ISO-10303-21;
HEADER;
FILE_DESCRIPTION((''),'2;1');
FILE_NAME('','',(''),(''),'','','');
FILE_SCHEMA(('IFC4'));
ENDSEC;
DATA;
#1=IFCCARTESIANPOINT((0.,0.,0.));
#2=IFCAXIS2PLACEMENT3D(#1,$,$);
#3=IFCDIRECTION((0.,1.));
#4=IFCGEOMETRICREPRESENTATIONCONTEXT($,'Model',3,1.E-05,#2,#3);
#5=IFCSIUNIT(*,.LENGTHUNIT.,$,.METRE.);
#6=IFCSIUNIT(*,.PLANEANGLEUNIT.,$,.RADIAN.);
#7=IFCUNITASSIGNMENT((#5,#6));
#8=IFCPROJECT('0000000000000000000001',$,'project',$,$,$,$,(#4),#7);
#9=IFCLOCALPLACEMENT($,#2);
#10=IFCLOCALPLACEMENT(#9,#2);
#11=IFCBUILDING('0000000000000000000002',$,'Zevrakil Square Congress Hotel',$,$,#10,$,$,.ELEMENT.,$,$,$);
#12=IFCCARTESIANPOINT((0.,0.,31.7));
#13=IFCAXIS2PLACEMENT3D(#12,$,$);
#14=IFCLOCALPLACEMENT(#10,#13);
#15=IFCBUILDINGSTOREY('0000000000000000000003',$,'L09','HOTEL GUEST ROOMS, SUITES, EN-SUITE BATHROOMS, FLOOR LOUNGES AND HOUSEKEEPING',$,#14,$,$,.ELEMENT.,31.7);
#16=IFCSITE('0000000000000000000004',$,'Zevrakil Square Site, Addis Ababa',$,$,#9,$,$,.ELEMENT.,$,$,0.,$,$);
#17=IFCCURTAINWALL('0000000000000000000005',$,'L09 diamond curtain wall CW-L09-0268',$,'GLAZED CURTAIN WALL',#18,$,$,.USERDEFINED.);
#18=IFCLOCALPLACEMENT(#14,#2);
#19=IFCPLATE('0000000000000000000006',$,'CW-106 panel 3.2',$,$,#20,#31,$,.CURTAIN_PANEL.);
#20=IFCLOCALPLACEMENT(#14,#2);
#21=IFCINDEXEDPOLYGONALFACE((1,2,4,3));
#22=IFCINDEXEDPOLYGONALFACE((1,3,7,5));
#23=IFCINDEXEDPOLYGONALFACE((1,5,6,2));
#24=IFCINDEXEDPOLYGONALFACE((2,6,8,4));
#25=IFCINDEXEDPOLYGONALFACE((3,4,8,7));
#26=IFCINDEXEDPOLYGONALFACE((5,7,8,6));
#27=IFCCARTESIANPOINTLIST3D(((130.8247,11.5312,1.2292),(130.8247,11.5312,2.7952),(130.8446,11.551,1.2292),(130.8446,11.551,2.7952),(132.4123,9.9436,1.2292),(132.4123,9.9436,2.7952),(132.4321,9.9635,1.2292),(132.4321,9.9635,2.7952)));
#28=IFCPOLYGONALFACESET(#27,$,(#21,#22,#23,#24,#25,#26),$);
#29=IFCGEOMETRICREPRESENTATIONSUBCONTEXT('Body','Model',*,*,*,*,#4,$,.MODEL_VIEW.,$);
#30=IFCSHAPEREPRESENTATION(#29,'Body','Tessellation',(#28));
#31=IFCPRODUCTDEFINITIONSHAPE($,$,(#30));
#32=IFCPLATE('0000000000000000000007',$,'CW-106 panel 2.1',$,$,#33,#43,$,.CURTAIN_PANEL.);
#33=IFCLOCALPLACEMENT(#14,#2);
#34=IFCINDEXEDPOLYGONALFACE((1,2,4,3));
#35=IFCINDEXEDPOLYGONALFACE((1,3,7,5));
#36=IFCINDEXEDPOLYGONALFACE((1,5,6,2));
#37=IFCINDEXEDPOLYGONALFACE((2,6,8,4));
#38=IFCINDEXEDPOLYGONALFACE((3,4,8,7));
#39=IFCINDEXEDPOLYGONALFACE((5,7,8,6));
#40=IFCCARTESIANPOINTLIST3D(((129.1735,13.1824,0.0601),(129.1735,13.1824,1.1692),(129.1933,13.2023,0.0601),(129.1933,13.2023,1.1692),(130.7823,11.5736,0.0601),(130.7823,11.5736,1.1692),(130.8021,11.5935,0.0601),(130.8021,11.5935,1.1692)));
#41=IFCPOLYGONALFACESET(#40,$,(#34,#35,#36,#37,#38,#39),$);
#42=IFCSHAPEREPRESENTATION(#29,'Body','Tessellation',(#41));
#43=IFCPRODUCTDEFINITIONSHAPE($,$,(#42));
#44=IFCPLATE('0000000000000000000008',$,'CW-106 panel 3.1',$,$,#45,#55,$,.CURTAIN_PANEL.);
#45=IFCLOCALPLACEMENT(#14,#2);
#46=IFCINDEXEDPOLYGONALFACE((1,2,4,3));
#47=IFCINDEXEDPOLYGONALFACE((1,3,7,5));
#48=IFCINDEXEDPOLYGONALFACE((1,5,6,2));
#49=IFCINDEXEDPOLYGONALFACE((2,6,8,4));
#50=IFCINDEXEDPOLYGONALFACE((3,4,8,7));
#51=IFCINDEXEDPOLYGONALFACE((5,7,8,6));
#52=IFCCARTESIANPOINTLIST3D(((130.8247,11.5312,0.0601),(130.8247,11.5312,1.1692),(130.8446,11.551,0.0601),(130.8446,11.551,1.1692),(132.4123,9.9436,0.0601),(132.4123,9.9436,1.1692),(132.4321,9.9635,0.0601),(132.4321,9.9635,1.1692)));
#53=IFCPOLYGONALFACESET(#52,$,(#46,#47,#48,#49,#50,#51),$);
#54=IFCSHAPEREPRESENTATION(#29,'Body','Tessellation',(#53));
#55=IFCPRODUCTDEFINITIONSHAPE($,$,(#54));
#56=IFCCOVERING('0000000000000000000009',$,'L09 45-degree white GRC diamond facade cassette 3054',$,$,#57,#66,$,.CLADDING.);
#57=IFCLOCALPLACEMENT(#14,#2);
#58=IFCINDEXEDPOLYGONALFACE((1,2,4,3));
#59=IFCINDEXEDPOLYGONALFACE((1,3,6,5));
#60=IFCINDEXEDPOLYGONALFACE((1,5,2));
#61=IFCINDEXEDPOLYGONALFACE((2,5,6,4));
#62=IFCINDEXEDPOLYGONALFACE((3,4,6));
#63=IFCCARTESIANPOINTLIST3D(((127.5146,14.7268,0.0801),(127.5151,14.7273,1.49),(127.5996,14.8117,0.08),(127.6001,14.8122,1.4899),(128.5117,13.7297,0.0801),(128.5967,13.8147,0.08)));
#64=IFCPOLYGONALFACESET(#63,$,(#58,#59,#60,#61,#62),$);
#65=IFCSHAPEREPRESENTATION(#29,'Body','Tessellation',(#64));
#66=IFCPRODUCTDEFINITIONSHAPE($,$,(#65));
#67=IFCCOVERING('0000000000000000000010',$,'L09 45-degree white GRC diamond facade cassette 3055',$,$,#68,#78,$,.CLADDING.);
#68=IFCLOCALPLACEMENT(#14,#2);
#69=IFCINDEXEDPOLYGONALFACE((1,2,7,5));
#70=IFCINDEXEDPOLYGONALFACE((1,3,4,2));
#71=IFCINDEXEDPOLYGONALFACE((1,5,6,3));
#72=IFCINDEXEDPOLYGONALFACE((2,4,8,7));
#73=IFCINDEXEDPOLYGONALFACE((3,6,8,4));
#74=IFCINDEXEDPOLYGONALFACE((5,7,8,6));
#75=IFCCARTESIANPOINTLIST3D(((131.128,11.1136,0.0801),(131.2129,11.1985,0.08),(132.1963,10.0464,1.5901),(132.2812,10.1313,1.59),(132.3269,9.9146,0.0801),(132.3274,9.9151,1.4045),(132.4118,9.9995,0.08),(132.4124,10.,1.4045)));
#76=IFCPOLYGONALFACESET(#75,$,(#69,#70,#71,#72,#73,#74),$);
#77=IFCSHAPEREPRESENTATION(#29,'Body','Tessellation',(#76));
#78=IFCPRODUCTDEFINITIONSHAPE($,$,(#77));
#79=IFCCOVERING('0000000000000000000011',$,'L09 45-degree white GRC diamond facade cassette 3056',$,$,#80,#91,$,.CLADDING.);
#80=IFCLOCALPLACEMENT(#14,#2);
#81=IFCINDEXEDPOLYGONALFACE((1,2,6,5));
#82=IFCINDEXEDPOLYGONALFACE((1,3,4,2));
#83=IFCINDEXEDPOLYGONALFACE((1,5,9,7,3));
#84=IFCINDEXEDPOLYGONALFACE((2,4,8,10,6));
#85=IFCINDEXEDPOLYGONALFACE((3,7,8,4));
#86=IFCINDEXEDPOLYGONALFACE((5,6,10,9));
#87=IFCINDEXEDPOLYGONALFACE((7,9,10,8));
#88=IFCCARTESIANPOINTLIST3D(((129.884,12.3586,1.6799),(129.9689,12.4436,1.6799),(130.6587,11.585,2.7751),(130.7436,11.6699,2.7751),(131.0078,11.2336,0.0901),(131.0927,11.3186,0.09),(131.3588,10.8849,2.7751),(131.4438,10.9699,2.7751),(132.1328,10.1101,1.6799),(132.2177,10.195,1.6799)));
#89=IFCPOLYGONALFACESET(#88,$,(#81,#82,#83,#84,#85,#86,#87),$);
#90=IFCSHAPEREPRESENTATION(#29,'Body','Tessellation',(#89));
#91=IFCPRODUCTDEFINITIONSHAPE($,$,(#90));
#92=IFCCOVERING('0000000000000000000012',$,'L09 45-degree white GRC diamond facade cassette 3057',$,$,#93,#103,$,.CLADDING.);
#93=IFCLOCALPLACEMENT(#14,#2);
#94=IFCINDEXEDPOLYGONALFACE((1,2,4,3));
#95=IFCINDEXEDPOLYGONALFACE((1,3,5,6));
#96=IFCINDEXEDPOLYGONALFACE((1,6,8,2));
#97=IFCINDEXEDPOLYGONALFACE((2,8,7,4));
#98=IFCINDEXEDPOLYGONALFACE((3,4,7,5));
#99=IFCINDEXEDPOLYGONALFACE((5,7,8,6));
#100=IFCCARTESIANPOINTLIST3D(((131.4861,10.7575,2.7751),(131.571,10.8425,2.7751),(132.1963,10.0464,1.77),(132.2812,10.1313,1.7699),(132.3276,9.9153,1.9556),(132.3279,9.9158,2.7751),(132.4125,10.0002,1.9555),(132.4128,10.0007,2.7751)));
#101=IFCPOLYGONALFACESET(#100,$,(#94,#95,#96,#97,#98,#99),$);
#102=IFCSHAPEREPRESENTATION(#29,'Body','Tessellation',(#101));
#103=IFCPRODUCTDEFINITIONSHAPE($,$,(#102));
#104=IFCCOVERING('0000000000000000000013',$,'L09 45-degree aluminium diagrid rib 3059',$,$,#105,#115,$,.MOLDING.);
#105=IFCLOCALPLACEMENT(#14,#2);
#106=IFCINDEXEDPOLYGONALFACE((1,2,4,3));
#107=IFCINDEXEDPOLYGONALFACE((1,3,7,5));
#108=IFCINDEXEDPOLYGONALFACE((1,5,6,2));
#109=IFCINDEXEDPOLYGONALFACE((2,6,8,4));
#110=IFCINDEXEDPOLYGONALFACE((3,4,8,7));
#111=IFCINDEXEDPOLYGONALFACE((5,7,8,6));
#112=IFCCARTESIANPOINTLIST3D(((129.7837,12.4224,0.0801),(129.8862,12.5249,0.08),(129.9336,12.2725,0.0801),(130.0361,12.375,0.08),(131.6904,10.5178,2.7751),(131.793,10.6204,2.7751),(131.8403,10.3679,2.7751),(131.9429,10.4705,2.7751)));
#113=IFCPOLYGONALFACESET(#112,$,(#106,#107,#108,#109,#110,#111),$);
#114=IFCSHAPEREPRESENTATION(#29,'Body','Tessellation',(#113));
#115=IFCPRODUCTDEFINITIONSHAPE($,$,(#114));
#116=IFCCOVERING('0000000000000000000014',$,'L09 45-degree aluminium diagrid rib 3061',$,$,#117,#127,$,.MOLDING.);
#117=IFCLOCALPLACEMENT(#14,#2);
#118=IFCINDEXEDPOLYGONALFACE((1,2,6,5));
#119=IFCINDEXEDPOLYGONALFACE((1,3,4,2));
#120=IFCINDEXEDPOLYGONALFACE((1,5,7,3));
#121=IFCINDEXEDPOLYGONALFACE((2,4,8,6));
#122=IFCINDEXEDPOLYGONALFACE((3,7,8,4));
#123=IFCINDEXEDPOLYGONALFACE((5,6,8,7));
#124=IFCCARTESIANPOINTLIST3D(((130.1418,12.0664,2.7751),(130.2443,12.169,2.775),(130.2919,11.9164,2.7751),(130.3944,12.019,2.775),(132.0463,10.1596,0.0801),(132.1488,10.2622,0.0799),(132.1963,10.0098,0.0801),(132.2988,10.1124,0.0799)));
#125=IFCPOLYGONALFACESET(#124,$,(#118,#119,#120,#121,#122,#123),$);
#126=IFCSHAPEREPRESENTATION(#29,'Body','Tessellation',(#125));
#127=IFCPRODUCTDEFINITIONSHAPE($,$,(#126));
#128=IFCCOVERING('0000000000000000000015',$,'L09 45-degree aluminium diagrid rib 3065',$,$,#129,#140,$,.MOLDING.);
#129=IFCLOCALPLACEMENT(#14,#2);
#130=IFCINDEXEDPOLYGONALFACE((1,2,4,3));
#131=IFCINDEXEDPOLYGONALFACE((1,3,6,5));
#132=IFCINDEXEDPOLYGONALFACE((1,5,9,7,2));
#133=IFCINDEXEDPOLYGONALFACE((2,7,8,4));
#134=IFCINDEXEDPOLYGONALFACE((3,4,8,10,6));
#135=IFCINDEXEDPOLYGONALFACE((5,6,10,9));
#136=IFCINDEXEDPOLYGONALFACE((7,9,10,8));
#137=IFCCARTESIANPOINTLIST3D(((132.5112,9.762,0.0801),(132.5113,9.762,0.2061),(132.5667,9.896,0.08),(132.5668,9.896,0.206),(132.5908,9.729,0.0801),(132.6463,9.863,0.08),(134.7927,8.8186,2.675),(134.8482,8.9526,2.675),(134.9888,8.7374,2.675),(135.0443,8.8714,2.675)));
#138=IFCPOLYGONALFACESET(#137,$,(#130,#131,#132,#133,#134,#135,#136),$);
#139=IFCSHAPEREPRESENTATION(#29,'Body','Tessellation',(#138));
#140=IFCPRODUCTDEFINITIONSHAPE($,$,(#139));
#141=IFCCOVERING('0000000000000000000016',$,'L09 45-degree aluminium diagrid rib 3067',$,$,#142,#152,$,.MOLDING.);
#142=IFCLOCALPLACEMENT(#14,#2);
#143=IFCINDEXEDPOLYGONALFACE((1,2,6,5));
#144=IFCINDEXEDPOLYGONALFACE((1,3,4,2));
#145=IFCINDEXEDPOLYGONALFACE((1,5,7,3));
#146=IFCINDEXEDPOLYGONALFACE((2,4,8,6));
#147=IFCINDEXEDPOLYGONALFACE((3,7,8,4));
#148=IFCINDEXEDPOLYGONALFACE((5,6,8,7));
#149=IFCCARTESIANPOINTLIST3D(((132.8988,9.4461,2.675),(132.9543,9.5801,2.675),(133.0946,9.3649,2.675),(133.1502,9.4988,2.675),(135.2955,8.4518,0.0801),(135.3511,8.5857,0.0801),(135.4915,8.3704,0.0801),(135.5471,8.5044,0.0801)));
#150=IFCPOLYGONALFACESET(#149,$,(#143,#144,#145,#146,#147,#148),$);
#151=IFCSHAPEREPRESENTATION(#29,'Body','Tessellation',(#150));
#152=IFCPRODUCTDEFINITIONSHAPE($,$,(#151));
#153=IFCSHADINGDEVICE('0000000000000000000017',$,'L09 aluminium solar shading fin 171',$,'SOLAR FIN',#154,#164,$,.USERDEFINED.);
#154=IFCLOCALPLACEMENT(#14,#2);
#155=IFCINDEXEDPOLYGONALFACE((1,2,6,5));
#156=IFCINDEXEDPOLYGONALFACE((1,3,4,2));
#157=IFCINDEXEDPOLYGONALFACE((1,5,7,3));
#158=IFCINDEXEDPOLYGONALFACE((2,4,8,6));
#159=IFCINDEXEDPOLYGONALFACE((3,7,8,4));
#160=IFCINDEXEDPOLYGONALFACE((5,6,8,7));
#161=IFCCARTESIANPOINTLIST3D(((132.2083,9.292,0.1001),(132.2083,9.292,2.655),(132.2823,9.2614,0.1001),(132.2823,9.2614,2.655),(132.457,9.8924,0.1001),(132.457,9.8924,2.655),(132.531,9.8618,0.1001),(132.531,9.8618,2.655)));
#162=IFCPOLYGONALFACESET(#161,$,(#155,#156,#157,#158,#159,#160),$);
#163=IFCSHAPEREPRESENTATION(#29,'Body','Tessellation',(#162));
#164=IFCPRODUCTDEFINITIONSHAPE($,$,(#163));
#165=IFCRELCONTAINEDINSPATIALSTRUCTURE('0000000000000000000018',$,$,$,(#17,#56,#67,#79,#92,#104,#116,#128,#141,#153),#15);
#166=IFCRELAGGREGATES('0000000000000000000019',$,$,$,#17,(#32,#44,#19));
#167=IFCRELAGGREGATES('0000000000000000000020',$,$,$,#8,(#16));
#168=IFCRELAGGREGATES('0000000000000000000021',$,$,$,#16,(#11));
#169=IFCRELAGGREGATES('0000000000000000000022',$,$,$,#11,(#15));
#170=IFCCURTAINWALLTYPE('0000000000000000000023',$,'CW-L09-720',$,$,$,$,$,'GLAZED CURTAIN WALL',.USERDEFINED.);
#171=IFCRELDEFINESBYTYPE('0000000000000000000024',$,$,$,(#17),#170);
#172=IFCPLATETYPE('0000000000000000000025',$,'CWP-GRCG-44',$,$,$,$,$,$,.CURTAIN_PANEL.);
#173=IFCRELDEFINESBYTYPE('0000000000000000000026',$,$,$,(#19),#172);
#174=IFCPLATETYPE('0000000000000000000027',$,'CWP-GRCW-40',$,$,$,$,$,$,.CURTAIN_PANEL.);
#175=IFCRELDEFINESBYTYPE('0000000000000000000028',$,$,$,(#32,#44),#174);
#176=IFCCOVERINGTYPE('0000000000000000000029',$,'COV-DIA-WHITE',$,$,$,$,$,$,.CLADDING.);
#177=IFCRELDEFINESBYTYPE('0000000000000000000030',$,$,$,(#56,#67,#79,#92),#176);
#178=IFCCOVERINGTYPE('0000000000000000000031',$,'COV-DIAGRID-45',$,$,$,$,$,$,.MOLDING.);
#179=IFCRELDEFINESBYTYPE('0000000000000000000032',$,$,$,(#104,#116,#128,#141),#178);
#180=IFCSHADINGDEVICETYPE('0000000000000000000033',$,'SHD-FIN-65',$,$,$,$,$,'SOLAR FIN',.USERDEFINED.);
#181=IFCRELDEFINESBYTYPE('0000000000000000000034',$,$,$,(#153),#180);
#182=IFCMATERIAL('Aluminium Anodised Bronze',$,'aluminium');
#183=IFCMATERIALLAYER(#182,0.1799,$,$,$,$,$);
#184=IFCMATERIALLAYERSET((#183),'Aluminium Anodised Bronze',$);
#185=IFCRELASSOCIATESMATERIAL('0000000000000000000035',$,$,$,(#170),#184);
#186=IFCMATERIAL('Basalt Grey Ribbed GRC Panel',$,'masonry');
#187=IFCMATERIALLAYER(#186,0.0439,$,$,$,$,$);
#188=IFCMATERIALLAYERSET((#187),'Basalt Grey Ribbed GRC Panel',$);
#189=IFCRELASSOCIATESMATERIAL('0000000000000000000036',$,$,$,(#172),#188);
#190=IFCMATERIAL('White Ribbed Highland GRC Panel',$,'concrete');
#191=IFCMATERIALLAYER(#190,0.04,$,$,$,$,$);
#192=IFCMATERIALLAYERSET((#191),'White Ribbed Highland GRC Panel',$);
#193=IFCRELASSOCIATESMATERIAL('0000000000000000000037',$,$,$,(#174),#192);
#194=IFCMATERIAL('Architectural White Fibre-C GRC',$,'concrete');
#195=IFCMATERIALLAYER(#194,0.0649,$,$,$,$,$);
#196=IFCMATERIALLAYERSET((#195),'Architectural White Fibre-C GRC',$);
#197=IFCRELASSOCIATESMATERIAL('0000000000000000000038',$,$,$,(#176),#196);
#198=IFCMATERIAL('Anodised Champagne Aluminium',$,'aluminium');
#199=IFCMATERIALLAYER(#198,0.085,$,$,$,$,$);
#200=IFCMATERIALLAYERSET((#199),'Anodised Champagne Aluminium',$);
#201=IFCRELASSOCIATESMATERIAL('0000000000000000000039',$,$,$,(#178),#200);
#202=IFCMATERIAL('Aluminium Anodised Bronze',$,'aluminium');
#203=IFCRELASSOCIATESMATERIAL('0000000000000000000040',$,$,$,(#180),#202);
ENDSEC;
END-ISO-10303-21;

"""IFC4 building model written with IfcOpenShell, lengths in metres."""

from ifc_helpers import new_model, si_unit, direction, frame, origin, origin_2d, place, context, subcontext, project, spatial, polyline, rectangle, outline, extrude, material, layer, layer_set, type_object, element, aggregate, save


model = new_model("IFC4")

# Units and contexts
model_context = context("Model", 3, precision=1e-05, world=origin(), true_north=direction((0.0, 1.0)))
body_context = subcontext(model_context, "Body", "Model", "MODEL_VIEW")
ifc_project = project(units=[si_unit("LENGTHUNIT", "METRE"), si_unit("PLANEANGLEUNIT", "RADIAN")], contexts=[model_context])

# Site, building, storey
site_placement = place(None, origin())
site = spatial("IfcSite", under=ifc_project, at=site_placement, Name="Zevrakil Square Site, Addis Ababa", CompositionType="ELEMENT", RefElevation=0.0)
building_placement = place(site_placement, origin())
building = spatial("IfcBuilding", under=site, at=building_placement, Name="Zevrakil Square Congress Hotel", CompositionType="ELEMENT")
storey_placement = place(building_placement, frame((0.0, 0.0, 31.7)))
storey = spatial("IfcBuildingStorey", under=building, at=storey_placement, Name="L09", Description="HOTEL GUEST ROOMS, SUITES, EN-SUITE BATHROOMS, FLOOR LOUNGES AND HOUSEKEEPING", CompositionType="ELEMENT", Elevation=31.7)

# Curtain wall
ifc_material_1 = material(Name="Aluminium Anodised Bronze", Category="aluminium")
ifc_layer_1 = layer(ifc_material_1, 0.1799)
ifc_layer_set_1 = layer_set([ifc_layer_1], Name="Aluminium Anodised Bronze")
curtain_wall_type = type_object("IfcCurtainWallType", Name="CW-L09-720", ElementType="GLAZED CURTAIN WALL", PredefinedType="USERDEFINED", material=ifc_layer_set_1)
curtain_wall_1_placement = place(storey_placement, origin())
curtain_wall_1 = element("IfcCurtainWall", 1, at=curtain_wall_1_placement, inside=storey, type_object=curtain_wall_type, Name="L09 diamond curtain wall CW-L09-0268", ObjectType="GLAZED CURTAIN WALL", PredefinedType="USERDEFINED")

# Plates
ifc_material_2 = material(Name="Basalt Grey Ribbed GRC Panel", Category="masonry")
ifc_layer_2 = layer(ifc_material_2, 0.0439)
ifc_layer_set_2 = layer_set([ifc_layer_2], Name="Basalt Grey Ribbed GRC Panel")
plate_type_1 = type_object("IfcPlateType", Name="CWP-GRCG-44", PredefinedType="CURTAIN_PANEL", material=ifc_layer_set_2)
plate_1_placement = place(storey_placement, frame((131.6284, 10.7473, 1.2292), z_axis=(0.0, 0.0, 1.0), x_axis=(0.707107, -0.707107, 0.0)))
plate_1 = element("IfcPlate", 2, at=plate_1_placement, type_object=plate_type_1, Name="CW-106 panel 3.2", PredefinedType="CURTAIN_PANEL", context=body_context, shape_type="SweptSolid", body=[
    extrude(rectangle(XDim=2.2451, YDim=0.0281, at=origin_2d()), origin(), (0.0, 0.0, 1.0), 1.5659),
])
ifc_material_3 = material(Name="White Ribbed Highland GRC Panel", Category="concrete")
ifc_layer_3 = layer(ifc_material_3, 0.04)
ifc_layer_set_3 = layer_set([ifc_layer_3], Name="White Ribbed Highland GRC Panel")
plate_type_2 = type_object("IfcPlateType", Name="CWP-GRCW-40", PredefinedType="CURTAIN_PANEL", material=ifc_layer_set_3)
plate_2_placement = place(storey_placement, frame((129.9878, 12.3879, 0.0601), z_axis=(0.0, 0.0, 1.0), x_axis=(0.707107, -0.707107, 0.0)))
plate_2 = element("IfcPlate", 3, at=plate_2_placement, type_object=plate_type_2, Name="CW-106 panel 2.1", PredefinedType="CURTAIN_PANEL", context=body_context, shape_type="SweptSolid", body=[
    extrude(rectangle(XDim=2.2751, YDim=0.0281, at=origin_2d()), origin(), (0.0, 0.0, 1.0), 1.1091),
])
plate_3_placement = place(storey_placement, frame((131.6284, 10.7473, 0.0601), z_axis=(0.0, 0.0, 1.0), x_axis=(0.707107, -0.707107, 0.0)))
plate_3 = element("IfcPlate", 4, at=plate_3_placement, type_object=plate_type_2, Name="CW-106 panel 3.1", PredefinedType="CURTAIN_PANEL", context=body_context, shape_type="SweptSolid", body=[
    extrude(rectangle(XDim=2.2451, YDim=0.0281, at=origin_2d()), origin(), (0.0, 0.0, 1.0), 1.1091),
])
aggregate(curtain_wall_1, [plate_2, plate_3, plate_1])

# Coverings
ifc_material_4 = material(Name="Architectural White Fibre-C GRC", Category="concrete")
ifc_layer_4 = layer(ifc_material_4, 0.0649)
ifc_layer_set_4 = layer_set([ifc_layer_4], Name="Architectural White Fibre-C GRC")
covering_type_1 = type_object("IfcCoveringType", Name="COV-DIA-WHITE", PredefinedType="CLADDING", material=ifc_layer_set_4)
covering_1_placement = place(storey_placement, frame((128.5117, 13.7297, 0.0801), z_axis=(-0.707107, -0.707107, 0.00049), x_axis=(-0.707107, 0.707107, 0.0)))
element("IfcCovering", 5, at=covering_1_placement, inside=storey, type_object=covering_type_1, Name="L09 45-degree white GRC diamond facade cassette 3054", PredefinedType="CLADDING", context=body_context, shape_type="SweptSolid", body=[
    extrude(outline(polyline([(0.0, 0.0), (1.4101, 0.0), (1.4101, -1.4099), (0.0, 0.0)])), origin(), (0.0, 0.0, -1.0), 0.1201),
])
covering_2_placement = place(storey_placement, frame((132.1963, 10.0464, 1.5901), z_axis=(-0.707132, -0.707081, 0.000567), x_axis=(0.499744, -0.500347, -0.707042)))
element("IfcCovering", 6, at=covering_2_placement, inside=storey, type_object=covering_type_1, Name="L09 45-degree white GRC diamond facade cassette 3055", PredefinedType="CLADDING", context=body_context, shape_type="SweptSolid", body=[
    extrude(outline(polyline([(0.0, 0.0), (0.2624, 0.0), (1.1989, -0.9366), (-0.0002, -2.1355), (0.0, 0.0)])), origin(), (0.0, 0.0, -1.0), 0.1201),
])
covering_3_placement = place(storey_placement, frame((132.1328, 10.1101, 1.6799), z_axis=(-0.707059, -0.707155, 0.000613), x_axis=(-0.500358, 0.499677, -0.707082)))
element("IfcCovering", 7, at=covering_3_placement, inside=storey, type_object=covering_type_1, Name="L09 45-degree white GRC diamond facade cassette 3056", PredefinedType="CLADDING", context=body_context, shape_type="SweptSolid", body=[
    extrude(outline(polyline([(0.0, 0.0), (2.2485, 0.0), (2.2487, -2.2486), (0.7001, -2.2489), (0.0, -1.5488), (0.0, 0.0)])), origin(), (0.0, 0.0, -1.0), 0.1201),
])
covering_4_placement = place(storey_placement, frame((132.1963, 10.0464, 1.77), z_axis=(-0.707083, -0.70713, 0.000681), x_axis=(-0.499663, 0.50031, 0.707126)))
element("IfcCovering", 8, at=covering_4_placement, inside=storey, type_object=covering_type_1, Name="L09 45-degree white GRC diamond facade cassette 3057", PredefinedType="CLADDING", context=body_context, shape_type="SweptSolid", body=[
    extrude(outline(polyline([(0.0, 0.0), (1.4214, 0.0), (0.5797, -0.8418), (0.0, -0.2624), (0.0, 0.0)])), origin(), (0.0, 0.0, -1.0), 0.1201),
])
ifc_material_5 = material(Name="Anodised Champagne Aluminium", Category="aluminium")
ifc_layer_5 = layer(ifc_material_5, 0.085)
ifc_layer_set_5 = layer_set([ifc_layer_5], Name="Anodised Champagne Aluminium")
covering_type_2 = type_object("IfcCoveringType", Name="COV-DIAGRID-45", PredefinedType="MOLDING", material=ifc_layer_set_5)
covering_5_placement = place(storey_placement, frame((129.9336, 12.2725, 0.0801), z_axis=(-0.707107, -0.707107, 0.000576), x_axis=(-0.707107, 0.707107, 0.0)))
element("IfcCovering", 9, at=covering_5_placement, inside=storey, type_object=covering_type_2, Name="L09 45-degree aluminium diagrid rib 3059", PredefinedType="MOLDING", context=body_context, shape_type="SweptSolid", body=[
    extrude(outline(polyline([(0.0, 0.0), (0.212, 0.0), (-2.483, -2.6951), (-2.695, -2.6951), (0.0, 0.0)])), origin(), (0.0, 0.0, -1.0), 0.145),
])
covering_6_placement = place(storey_placement, frame((130.1418, 12.0664, 2.7751), z_axis=(-0.706819, -0.707394, 0.001015), x_axis=(0.707395, -0.706819, 0.0)))
element("IfcCovering", 10, at=covering_6_placement, inside=storey, type_object=covering_type_2, Name="L09 45-degree aluminium diagrid rib 3061", PredefinedType="MOLDING", context=body_context, shape_type="SweptSolid", body=[
    extrude(outline(polyline([(0.0, 0.0), (0.2122, 0.0), (2.907, -2.6951), (2.695, -2.6951), (0.0, 0.0)])), origin(), (0.0, 0.0, -1.0), 0.145),
])
covering_7_placement = place(storey_placement, frame((132.5908, 9.729, 0.0801), z_axis=(-0.382694, -0.923875, 0.000596), x_axis=(-0.923875, 0.382694, 0.0)))
element("IfcCovering", 11, at=covering_7_placement, inside=storey, type_object=covering_type_2, Name="L09 45-degree aluminium diagrid rib 3065", PredefinedType="MOLDING", context=body_context, shape_type="SweptSolid", body=[
    extrude(outline(polyline([(0.0, 0.0), (0.0861, 0.0), (0.0861, -0.126), (-2.3827, -2.595), (-2.5949, -2.595), (0.0, 0.0)])), origin(), (0.0, 0.0, -1.0), 0.145),
])
covering_8_placement = place(storey_placement, frame((132.9543, 9.5801, 2.675), z_axis=(0.383267, 0.923638, 0.00007), x_axis=(0.923638, -0.383267, 0.0)))
element("IfcCovering", 12, at=covering_8_placement, inside=storey, type_object=covering_type_2, Name="L09 45-degree aluminium diagrid rib 3067", PredefinedType="MOLDING", context=body_context, shape_type="SweptSolid", body=[
    extrude(outline(polyline([(0.0, 0.0), (0.212, 0.0), (2.8071, 2.595), (2.5948, 2.595), (0.0, 0.0)])), origin(), (0.0, 0.0, -1.0), 0.145),
])

# Shading device
ifc_material_6 = material(Name="Aluminium Anodised Bronze", Category="aluminium")
shading_device_type = type_object("IfcShadingDeviceType", Name="SHD-FIN-65", ElementType="SOLAR FIN", PredefinedType="USERDEFINED", material=ifc_material_6)
shading_device_placement = place(storey_placement, frame((132.3696, 9.5769, 0.1001), z_axis=(0.0, 0.0, 1.0), x_axis=(-0.382683, -0.92388, 0.0)))
element("IfcShadingDevice", 13, at=shading_device_placement, inside=storey, type_object=shading_device_type, Name="L09 aluminium solar shading fin 171", ObjectType="SOLAR FIN", PredefinedType="USERDEFINED", context=body_context, shape_type="SweptSolid", body=[
    extrude(rectangle(XDim=0.6499, YDim=0.0801, at=origin_2d()), origin(), (0.0, 0.0, 1.0), 2.5549),
])

save(model, "model.ifc")
